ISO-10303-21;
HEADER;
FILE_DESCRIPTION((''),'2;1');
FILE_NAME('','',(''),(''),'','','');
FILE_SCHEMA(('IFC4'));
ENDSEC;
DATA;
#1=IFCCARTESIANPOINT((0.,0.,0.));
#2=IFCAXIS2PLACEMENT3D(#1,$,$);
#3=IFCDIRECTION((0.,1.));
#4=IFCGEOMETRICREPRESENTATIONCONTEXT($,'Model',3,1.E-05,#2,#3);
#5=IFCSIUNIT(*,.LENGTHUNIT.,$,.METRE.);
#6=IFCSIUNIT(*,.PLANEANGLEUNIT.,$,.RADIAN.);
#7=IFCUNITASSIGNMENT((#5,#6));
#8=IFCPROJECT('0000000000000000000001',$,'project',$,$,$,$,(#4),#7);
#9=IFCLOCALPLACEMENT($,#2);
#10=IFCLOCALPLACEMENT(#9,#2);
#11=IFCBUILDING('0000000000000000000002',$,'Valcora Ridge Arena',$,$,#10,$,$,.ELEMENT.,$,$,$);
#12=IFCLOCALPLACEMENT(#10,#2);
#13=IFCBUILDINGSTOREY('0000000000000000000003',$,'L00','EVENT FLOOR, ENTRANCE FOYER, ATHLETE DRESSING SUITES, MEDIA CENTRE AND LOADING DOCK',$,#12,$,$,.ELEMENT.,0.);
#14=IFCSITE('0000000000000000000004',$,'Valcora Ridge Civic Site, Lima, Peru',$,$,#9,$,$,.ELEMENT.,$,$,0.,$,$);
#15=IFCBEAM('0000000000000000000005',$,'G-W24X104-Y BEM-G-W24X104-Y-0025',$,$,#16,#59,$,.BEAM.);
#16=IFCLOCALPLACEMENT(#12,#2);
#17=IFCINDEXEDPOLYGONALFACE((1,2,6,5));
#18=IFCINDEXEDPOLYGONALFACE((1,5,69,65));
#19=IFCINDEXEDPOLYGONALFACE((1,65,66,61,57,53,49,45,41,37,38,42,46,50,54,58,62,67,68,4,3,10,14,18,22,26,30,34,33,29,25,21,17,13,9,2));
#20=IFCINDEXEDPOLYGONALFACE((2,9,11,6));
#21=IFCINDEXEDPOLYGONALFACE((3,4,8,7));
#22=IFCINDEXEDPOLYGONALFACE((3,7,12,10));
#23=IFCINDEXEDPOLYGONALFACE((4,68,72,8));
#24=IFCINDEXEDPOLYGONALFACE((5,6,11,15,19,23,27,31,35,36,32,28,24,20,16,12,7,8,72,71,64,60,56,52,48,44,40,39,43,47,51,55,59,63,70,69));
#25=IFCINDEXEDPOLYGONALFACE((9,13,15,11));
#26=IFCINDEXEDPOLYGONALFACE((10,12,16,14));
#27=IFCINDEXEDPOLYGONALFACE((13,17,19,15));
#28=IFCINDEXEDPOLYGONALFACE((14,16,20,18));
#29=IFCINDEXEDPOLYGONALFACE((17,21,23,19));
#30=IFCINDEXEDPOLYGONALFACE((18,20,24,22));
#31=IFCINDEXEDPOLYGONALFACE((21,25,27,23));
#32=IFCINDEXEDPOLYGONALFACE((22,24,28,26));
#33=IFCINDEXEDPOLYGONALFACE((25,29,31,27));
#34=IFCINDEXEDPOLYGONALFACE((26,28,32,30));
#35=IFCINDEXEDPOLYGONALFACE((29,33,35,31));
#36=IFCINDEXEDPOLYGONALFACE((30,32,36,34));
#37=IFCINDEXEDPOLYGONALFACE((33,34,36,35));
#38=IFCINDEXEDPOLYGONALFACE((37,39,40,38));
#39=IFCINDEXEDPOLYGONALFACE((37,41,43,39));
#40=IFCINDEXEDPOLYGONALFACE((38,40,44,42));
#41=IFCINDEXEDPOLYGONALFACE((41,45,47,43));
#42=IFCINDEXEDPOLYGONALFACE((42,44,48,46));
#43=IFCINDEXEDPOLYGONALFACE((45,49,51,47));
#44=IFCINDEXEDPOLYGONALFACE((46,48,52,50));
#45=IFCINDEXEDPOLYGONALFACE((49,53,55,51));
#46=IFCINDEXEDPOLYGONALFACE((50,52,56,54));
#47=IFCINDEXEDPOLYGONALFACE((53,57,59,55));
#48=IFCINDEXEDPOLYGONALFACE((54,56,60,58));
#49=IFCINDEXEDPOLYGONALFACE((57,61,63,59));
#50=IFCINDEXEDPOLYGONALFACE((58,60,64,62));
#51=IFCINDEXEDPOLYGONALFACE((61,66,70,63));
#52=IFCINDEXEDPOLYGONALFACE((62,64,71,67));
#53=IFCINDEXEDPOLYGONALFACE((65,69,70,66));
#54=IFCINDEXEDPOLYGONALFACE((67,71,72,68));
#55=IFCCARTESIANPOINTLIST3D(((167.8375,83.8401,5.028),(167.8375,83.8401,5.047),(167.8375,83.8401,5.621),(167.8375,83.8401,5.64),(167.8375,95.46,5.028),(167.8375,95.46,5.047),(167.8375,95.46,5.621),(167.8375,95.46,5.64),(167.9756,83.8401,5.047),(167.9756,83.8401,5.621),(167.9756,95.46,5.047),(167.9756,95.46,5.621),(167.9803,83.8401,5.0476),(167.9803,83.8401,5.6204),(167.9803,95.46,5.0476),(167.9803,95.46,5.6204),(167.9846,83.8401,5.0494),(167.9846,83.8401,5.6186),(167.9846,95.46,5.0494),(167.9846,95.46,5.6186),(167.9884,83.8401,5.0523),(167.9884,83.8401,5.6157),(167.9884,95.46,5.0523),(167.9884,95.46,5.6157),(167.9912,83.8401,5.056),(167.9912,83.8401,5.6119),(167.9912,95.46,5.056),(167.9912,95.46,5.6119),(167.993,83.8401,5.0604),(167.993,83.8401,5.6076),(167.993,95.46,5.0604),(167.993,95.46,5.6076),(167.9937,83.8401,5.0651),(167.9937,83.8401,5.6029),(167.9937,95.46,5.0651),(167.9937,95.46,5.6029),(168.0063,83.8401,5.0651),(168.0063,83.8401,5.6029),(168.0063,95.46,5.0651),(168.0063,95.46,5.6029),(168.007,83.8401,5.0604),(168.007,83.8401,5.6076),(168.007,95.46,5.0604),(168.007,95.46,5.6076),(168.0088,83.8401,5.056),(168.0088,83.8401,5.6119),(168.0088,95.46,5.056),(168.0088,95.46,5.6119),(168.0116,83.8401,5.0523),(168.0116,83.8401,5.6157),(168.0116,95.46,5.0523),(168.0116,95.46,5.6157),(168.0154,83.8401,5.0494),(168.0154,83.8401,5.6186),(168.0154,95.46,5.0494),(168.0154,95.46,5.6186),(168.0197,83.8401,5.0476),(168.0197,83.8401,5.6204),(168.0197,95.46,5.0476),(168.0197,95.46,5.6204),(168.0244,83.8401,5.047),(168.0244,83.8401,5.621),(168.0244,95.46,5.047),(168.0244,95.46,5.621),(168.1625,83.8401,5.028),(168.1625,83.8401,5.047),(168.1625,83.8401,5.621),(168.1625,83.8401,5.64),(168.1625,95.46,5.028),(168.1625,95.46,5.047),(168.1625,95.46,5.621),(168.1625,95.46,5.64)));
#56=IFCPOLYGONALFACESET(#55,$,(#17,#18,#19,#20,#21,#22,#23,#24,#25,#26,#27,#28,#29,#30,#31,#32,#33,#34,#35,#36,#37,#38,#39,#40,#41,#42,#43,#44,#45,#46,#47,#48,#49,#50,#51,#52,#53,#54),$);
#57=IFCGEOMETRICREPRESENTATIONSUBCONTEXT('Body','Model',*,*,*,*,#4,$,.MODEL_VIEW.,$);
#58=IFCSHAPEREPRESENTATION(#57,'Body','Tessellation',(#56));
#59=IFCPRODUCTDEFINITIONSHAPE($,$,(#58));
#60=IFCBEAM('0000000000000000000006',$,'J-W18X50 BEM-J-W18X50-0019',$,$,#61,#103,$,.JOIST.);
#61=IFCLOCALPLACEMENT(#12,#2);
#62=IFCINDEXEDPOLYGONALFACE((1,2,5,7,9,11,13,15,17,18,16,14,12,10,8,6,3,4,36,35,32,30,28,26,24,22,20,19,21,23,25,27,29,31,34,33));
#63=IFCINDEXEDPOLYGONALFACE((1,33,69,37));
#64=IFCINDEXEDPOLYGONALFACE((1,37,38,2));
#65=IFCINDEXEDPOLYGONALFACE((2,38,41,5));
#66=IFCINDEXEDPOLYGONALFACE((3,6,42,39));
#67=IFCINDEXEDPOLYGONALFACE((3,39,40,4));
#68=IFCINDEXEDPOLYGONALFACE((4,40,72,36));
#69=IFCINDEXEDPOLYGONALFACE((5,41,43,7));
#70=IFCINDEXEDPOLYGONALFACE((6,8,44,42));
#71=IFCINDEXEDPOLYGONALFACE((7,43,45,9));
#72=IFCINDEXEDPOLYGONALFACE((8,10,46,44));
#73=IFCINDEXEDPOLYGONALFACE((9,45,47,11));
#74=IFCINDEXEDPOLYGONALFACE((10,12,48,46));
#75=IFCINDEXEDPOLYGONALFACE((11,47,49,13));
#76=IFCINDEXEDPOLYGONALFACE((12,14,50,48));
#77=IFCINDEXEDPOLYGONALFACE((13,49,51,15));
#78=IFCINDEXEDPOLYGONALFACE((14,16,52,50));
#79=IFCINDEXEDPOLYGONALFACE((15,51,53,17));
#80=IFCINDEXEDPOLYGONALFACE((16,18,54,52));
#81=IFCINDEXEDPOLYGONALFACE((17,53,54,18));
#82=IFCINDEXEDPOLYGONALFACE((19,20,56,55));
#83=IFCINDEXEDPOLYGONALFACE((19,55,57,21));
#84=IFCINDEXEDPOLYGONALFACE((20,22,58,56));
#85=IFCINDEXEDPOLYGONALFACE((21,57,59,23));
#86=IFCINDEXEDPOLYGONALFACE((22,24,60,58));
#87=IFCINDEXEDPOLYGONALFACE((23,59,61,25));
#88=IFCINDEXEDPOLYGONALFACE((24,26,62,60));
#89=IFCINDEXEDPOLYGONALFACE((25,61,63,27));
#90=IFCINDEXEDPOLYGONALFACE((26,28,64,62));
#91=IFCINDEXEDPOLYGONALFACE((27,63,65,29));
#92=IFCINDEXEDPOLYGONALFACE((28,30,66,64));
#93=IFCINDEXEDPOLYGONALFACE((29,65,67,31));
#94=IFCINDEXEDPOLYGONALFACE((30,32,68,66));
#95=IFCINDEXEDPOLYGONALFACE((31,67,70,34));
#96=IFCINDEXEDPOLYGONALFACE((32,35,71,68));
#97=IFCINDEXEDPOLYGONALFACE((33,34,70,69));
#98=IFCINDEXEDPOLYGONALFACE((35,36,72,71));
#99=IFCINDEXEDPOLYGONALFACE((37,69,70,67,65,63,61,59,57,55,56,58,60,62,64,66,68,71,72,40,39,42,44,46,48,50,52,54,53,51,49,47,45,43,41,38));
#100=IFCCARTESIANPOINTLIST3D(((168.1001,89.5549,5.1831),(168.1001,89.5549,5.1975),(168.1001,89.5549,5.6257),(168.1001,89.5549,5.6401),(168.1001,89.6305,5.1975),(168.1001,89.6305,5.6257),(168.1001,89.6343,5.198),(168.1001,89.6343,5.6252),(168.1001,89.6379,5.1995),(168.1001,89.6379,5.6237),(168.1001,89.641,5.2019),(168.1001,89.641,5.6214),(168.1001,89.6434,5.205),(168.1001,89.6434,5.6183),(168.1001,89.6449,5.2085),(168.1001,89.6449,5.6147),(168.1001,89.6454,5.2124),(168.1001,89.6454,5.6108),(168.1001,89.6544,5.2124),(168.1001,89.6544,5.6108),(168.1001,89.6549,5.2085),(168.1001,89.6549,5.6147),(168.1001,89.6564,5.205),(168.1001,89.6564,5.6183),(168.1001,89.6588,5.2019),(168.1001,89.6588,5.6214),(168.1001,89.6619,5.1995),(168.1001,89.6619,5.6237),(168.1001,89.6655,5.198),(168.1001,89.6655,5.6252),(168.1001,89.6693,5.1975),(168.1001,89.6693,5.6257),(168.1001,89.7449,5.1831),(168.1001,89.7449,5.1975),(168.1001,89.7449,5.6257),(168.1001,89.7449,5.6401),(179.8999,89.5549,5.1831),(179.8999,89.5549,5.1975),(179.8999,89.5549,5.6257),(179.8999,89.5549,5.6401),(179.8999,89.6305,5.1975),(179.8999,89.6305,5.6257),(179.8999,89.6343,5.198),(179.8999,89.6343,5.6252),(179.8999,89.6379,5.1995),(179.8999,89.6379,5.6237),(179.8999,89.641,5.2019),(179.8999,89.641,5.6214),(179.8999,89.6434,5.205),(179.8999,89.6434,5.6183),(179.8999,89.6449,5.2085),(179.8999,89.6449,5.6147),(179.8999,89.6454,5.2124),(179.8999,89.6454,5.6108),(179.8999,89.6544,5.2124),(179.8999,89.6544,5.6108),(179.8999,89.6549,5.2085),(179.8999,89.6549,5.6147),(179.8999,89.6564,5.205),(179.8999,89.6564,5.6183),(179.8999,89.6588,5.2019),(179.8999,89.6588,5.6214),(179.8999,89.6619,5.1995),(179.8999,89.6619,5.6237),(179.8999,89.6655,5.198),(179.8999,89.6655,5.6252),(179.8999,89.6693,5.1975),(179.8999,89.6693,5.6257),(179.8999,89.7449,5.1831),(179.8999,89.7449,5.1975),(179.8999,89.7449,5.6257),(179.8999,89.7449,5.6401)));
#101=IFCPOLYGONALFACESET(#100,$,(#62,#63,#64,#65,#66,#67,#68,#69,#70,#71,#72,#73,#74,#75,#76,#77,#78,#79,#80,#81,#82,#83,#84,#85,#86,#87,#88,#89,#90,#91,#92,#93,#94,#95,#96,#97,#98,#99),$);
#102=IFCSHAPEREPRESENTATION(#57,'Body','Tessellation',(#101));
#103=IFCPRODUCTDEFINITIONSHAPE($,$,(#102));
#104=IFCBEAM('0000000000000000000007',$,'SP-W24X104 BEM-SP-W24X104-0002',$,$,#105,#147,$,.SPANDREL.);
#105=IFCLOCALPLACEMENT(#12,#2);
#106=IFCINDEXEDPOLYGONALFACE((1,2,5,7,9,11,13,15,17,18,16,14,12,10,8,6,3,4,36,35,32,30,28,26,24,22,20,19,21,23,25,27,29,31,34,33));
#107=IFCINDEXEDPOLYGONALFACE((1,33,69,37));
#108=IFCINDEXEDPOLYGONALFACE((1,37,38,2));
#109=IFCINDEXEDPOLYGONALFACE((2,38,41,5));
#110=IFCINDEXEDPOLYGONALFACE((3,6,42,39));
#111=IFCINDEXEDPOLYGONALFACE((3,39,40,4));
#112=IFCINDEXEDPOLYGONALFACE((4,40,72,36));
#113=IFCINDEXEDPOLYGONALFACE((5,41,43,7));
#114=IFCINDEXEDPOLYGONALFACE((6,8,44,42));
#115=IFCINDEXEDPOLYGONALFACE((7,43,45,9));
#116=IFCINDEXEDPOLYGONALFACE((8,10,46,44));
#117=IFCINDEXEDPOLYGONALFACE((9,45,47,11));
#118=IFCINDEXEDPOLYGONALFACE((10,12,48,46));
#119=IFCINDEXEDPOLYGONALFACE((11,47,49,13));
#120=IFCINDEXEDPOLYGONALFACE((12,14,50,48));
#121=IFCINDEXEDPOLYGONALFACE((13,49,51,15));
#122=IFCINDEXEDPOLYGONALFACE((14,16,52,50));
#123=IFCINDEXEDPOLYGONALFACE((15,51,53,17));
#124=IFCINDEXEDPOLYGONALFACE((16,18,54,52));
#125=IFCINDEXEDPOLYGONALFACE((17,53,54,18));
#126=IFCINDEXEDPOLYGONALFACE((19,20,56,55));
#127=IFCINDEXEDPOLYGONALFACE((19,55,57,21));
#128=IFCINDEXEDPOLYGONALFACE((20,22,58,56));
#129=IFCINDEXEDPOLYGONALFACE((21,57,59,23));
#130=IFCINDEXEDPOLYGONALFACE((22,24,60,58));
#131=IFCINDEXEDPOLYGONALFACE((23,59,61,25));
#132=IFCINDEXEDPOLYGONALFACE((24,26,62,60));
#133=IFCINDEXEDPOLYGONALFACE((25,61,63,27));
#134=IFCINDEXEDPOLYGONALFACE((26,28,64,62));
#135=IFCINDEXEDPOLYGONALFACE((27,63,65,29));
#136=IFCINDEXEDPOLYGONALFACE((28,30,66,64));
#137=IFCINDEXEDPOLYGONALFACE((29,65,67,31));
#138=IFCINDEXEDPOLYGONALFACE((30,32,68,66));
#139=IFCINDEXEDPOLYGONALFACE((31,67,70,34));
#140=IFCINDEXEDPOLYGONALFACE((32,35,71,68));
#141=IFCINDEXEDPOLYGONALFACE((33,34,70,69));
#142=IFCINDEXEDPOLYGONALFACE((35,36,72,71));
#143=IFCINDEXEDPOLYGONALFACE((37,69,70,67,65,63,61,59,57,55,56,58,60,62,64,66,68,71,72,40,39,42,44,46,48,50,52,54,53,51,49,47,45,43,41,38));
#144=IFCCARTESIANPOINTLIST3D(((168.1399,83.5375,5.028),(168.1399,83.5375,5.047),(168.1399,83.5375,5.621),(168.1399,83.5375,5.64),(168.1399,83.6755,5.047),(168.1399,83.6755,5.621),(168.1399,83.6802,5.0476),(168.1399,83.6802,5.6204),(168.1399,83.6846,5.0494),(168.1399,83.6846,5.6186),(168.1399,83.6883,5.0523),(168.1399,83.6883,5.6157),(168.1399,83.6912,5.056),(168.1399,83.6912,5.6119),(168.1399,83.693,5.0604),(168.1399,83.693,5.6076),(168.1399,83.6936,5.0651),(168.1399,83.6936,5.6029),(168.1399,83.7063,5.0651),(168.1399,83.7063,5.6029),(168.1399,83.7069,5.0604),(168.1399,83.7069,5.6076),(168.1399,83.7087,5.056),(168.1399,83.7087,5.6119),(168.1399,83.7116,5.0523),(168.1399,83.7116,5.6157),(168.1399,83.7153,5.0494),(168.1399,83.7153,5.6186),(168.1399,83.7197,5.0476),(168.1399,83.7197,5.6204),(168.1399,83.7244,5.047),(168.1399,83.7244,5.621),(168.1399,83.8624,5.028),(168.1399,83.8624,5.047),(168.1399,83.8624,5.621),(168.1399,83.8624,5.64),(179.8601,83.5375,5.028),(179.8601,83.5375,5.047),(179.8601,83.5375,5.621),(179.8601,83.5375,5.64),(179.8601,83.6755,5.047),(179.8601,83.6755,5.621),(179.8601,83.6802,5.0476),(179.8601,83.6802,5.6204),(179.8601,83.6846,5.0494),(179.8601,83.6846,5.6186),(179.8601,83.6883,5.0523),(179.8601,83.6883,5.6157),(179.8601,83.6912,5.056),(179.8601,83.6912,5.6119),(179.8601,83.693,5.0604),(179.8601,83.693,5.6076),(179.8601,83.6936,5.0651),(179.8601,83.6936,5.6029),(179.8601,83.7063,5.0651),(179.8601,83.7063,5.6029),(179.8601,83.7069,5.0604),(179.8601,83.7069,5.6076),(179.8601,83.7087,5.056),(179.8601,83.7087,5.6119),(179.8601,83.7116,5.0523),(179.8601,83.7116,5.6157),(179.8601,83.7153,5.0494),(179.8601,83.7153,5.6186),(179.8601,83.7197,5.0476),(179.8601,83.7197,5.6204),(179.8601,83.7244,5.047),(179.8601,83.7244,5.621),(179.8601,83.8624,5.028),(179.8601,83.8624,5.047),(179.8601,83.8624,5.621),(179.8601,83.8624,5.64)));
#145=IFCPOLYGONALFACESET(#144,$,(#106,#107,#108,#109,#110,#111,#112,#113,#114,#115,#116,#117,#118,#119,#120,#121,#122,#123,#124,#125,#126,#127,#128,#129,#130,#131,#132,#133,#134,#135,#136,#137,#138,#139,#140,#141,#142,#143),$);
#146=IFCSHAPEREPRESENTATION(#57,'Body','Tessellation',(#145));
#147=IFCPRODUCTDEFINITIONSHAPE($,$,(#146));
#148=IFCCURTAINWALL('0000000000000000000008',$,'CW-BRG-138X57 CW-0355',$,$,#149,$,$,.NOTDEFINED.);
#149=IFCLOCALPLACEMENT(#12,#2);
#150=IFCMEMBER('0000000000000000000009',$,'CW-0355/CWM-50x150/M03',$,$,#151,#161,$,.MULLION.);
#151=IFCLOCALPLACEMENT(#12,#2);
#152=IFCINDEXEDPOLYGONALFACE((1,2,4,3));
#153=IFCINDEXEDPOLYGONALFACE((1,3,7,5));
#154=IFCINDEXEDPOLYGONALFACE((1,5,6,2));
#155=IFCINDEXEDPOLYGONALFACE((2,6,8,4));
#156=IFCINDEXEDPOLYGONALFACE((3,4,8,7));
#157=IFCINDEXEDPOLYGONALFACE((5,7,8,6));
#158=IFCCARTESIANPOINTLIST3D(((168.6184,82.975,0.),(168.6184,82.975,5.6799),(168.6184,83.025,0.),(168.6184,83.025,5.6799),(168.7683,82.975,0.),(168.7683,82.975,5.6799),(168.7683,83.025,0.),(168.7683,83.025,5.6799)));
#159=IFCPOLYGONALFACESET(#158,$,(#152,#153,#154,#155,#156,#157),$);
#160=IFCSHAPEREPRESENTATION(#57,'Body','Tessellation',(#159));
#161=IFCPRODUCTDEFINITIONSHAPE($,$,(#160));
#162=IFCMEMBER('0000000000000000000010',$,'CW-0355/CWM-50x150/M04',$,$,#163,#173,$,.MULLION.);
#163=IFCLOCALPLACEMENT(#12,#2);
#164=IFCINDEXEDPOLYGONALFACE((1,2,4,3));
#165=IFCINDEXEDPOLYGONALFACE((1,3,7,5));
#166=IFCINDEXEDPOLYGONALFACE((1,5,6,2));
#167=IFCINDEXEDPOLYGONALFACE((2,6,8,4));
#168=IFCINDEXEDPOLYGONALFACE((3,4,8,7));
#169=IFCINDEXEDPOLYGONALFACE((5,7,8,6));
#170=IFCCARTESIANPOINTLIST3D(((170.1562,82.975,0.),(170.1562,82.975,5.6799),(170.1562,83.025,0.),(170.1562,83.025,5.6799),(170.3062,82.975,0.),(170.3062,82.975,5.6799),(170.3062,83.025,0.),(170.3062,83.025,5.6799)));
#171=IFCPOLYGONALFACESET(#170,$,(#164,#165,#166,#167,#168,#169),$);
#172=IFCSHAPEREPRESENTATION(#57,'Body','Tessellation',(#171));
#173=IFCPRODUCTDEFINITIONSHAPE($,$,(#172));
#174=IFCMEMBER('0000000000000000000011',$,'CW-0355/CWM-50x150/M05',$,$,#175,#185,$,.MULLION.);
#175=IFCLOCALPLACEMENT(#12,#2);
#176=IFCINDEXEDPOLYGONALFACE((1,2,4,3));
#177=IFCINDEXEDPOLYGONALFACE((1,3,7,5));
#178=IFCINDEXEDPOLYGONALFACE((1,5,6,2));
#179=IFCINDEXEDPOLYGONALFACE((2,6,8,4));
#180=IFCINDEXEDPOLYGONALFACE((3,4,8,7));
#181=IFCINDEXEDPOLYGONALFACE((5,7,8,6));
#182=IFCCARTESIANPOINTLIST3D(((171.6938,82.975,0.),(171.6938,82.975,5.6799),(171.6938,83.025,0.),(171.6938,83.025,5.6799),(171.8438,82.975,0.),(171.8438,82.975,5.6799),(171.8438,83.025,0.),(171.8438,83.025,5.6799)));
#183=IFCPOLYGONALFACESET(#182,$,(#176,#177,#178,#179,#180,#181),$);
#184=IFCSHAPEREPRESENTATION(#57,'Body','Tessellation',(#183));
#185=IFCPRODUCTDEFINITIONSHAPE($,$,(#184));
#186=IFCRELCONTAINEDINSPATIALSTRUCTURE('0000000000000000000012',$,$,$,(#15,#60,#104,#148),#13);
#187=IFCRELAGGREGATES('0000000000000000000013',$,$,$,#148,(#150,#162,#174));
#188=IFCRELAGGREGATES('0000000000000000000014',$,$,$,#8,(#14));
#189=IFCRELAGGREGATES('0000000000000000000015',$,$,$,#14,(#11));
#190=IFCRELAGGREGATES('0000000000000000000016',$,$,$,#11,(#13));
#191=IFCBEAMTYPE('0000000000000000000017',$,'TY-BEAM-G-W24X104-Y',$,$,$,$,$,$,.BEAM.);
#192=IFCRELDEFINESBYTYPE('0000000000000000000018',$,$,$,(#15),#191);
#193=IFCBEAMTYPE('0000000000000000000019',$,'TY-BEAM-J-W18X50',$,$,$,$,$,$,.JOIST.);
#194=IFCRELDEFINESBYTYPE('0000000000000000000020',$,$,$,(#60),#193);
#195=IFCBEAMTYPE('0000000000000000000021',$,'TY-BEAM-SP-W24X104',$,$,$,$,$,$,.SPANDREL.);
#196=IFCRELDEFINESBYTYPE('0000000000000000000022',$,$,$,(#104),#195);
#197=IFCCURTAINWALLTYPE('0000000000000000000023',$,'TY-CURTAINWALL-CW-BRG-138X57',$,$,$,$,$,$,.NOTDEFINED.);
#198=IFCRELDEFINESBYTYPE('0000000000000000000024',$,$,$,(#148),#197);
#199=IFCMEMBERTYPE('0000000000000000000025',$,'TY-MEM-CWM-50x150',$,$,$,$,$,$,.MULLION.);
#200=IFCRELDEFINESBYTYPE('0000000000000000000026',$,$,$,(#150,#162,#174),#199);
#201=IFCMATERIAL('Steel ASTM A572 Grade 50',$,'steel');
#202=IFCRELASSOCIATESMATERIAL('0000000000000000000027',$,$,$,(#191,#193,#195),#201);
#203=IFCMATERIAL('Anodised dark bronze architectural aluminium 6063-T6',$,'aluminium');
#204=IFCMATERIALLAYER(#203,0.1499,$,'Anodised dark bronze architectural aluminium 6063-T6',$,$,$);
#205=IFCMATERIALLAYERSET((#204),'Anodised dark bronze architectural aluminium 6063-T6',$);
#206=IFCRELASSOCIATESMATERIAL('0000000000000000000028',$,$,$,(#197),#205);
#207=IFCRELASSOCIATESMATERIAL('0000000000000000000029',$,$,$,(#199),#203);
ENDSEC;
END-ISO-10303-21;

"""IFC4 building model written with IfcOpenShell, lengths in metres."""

from ifc_helpers import new_model, si_unit, direction, frame, origin, origin_2d, place, context, subcontext, project, spatial, rectangle, i_section, extrude, material, layer, layer_set, material_profile, profile_set, type_object, element, aggregate, save


model = new_model("IFC4")

# Units and contexts
model_context = context("Model", 3, precision=1e-05, world=origin(), true_north=direction((0.0, 1.0)))
body_context = subcontext(model_context, "Body", "Model", "MODEL_VIEW")
ifc_project = project(units=[si_unit("LENGTHUNIT", "METRE"), si_unit("PLANEANGLEUNIT", "RADIAN")], contexts=[model_context])

# Site, building, storey
site_placement = place(None, origin())
site = spatial("IfcSite", under=ifc_project, at=site_placement, Name="Valcora Ridge Civic Site, Lima, Peru", CompositionType="ELEMENT", RefElevation=0.0)
building_placement = place(site_placement, origin())
building = spatial("IfcBuilding", under=site, at=building_placement, Name="Valcora Ridge Arena", CompositionType="ELEMENT")
storey_placement = place(building_placement, origin())
storey = spatial("IfcBuildingStorey", under=building, at=storey_placement, Name="L00", Description="EVENT FLOOR, ENTRANCE FOYER, ATHLETE DRESSING SUITES, MEDIA CENTRE AND LOADING DOCK", CompositionType="ELEMENT", Elevation=0.0)

# Beams
ifc_material_1 = material(Name="Steel ASTM A572 Grade 50", Category="steel")
ifc_material_profile_1 = material_profile(ifc_material_1, i_section(OverallWidth=0.325, OverallDepth=0.6121, WebThickness=0.0127, FlangeThickness=0.019, FilletRadius=0.0181, at=origin_2d()), Name="W24X104")
ifc_profile_set_1 = profile_set([ifc_material_profile_1], Name="Steel ASTM A572 Grade 50")
beam_type_1 = type_object("IfcBeamType", Name="TY-BEAM-G-W24X104-Y", PredefinedType="BEAM", material=ifc_profile_set_1)
beam_1_placement = place(storey_placement, frame((168.0, 83.8401, 5.334), z_axis=(0.0, 1.0, 0.0), x_axis=(-1.0, 0.0, 0.0)))
element("IfcBeam", 1, at=beam_1_placement, inside=storey, type_object=beam_type_1, Name="G-W24X104-Y BEM-G-W24X104-Y-0025", PredefinedType="BEAM", context=body_context, shape_type="SweptSolid", body=[
    extrude(i_section(OverallWidth=0.325, OverallDepth=0.6121, WebThickness=0.0127, FlangeThickness=0.019, FilletRadius=0.0181, at=origin_2d()), origin(), (0.0, 0.0, 1.0), 11.6199),
])
ifc_material_profile_2 = material_profile(ifc_material_1, i_section(OverallWidth=0.1899, OverallDepth=0.457, WebThickness=0.009, FlangeThickness=0.0144, FilletRadius=0.0149, at=origin_2d()), Name="W18X50")
ifc_profile_set_2 = profile_set([ifc_material_profile_2], Name="Steel ASTM A572 Grade 50")
beam_type_2 = type_object("IfcBeamType", Name="TY-BEAM-J-W18X50", PredefinedType="JOIST", material=ifc_profile_set_2)
beam_2_placement = place(storey_placement, frame((168.1001, 89.6499, 5.4116), z_axis=(1.0, 0.0, 0.0), x_axis=(0.0, 1.0, 0.0)))
element("IfcBeam", 2, at=beam_2_placement, inside=storey, type_object=beam_type_2, Name="J-W18X50 BEM-J-W18X50-0019", PredefinedType="JOIST", context=body_context, shape_type="SweptSolid", body=[
    extrude(i_section(OverallWidth=0.1899, OverallDepth=0.457, WebThickness=0.009, FlangeThickness=0.0144, FilletRadius=0.0149, at=origin_2d()), origin(), (0.0, 0.0, 1.0), 11.7998),
])
ifc_material_profile_3 = material_profile(ifc_material_1, i_section(OverallWidth=0.325, OverallDepth=0.6121, WebThickness=0.0127, FlangeThickness=0.019, FilletRadius=0.0181, at=origin_2d()), Name="W24X104")
ifc_profile_set_3 = profile_set([ifc_material_profile_3], Name="Steel ASTM A572 Grade 50")
beam_type_3 = type_object("IfcBeamType", Name="TY-BEAM-SP-W24X104", PredefinedType="SPANDREL", material=ifc_profile_set_3)
beam_3_placement = place(storey_placement, frame((168.1399, 83.7, 5.334), z_axis=(1.0, 0.0, 0.0), x_axis=(0.0, 1.0, 0.0)))
element("IfcBeam", 3, at=beam_3_placement, inside=storey, type_object=beam_type_3, Name="SP-W24X104 BEM-SP-W24X104-0002", PredefinedType="SPANDREL", context=body_context, shape_type="SweptSolid", body=[
    extrude(i_section(OverallWidth=0.325, OverallDepth=0.6121, WebThickness=0.0127, FlangeThickness=0.019, FilletRadius=0.0181, at=origin_2d()), origin(), (0.0, 0.0, 1.0), 11.7202),
])

# Curtain wall, members
ifc_material_2 = material(Name="Anodised dark bronze architectural aluminium 6063-T6", Category="aluminium")
ifc_layer_1 = layer(ifc_material_2, 0.1499, Name="Anodised dark bronze architectural aluminium 6063-T6")
ifc_layer_set_1 = layer_set([ifc_layer_1], Name="Anodised dark bronze architectural aluminium 6063-T6")
curtain_wall_type = type_object("IfcCurtainWallType", Name="TY-CURTAINWALL-CW-BRG-138X57", PredefinedType="NOTDEFINED", material=ifc_layer_set_1)
curtain_wall_placement = place(storey_placement, origin())
curtain_wall = element("IfcCurtainWall", 4, at=curtain_wall_placement, inside=storey, type_object=curtain_wall_type, Name="CW-BRG-138X57 CW-0355", PredefinedType="NOTDEFINED")
ifc_material_profile_4 = material_profile(ifc_material_2, rectangle(XDim=0.05, YDim=0.1499, at=origin_2d()), Name="ALU MULLION 50x150")
ifc_profile_set_4 = profile_set([ifc_material_profile_4], Name="Anodised dark bronze architectural aluminium 6063-T6")
member_type_1 = type_object("IfcMemberType", Name="TY-MEM-CWM-50x150", PredefinedType="MULLION", material=ifc_profile_set_4)
member_1_placement = place(storey_placement, frame((168.6934, 83.0, 0.0), z_axis=(0.0, 0.0, 1.0), x_axis=(0.0, 1.0, 0.0)))
member_1 = element("IfcMember", 5, at=member_1_placement, type_object=member_type_1, Name="CW-0355/CWM-50x150/M03", PredefinedType="MULLION", context=body_context, shape_type="SweptSolid", body=[
    extrude(rectangle(XDim=0.05, YDim=0.1499, at=origin_2d()), origin(), (0.0, 0.0, 1.0), 5.6799),
])
member_2_placement = place(storey_placement, frame((170.2312, 83.0, 0.0), z_axis=(0.0, 0.0, 1.0), x_axis=(0.0, 1.0, 0.0)))
member_2 = element("IfcMember", 6, at=member_2_placement, type_object=member_type_1, Name="CW-0355/CWM-50x150/M04", PredefinedType="MULLION", context=body_context, shape_type="SweptSolid", body=[
    extrude(rectangle(XDim=0.05, YDim=0.1499, at=origin_2d()), origin(), (0.0, 0.0, 1.0), 5.6799),
])
member_3_placement = place(storey_placement, frame((171.7688, 83.0, 0.0), z_axis=(0.0, 0.0, 1.0), x_axis=(0.0, 1.0, 0.0)))
member_3 = element("IfcMember", 7, at=member_3_placement, type_object=member_type_1, Name="CW-0355/CWM-50x150/M05", PredefinedType="MULLION", context=body_context, shape_type="SweptSolid", body=[
    extrude(rectangle(XDim=0.05, YDim=0.1499, at=origin_2d()), origin(), (0.0, 0.0, 1.0), 5.6799),
])
aggregate(curtain_wall, [member_1, member_2, member_3])

save(model, "model.ifc")
